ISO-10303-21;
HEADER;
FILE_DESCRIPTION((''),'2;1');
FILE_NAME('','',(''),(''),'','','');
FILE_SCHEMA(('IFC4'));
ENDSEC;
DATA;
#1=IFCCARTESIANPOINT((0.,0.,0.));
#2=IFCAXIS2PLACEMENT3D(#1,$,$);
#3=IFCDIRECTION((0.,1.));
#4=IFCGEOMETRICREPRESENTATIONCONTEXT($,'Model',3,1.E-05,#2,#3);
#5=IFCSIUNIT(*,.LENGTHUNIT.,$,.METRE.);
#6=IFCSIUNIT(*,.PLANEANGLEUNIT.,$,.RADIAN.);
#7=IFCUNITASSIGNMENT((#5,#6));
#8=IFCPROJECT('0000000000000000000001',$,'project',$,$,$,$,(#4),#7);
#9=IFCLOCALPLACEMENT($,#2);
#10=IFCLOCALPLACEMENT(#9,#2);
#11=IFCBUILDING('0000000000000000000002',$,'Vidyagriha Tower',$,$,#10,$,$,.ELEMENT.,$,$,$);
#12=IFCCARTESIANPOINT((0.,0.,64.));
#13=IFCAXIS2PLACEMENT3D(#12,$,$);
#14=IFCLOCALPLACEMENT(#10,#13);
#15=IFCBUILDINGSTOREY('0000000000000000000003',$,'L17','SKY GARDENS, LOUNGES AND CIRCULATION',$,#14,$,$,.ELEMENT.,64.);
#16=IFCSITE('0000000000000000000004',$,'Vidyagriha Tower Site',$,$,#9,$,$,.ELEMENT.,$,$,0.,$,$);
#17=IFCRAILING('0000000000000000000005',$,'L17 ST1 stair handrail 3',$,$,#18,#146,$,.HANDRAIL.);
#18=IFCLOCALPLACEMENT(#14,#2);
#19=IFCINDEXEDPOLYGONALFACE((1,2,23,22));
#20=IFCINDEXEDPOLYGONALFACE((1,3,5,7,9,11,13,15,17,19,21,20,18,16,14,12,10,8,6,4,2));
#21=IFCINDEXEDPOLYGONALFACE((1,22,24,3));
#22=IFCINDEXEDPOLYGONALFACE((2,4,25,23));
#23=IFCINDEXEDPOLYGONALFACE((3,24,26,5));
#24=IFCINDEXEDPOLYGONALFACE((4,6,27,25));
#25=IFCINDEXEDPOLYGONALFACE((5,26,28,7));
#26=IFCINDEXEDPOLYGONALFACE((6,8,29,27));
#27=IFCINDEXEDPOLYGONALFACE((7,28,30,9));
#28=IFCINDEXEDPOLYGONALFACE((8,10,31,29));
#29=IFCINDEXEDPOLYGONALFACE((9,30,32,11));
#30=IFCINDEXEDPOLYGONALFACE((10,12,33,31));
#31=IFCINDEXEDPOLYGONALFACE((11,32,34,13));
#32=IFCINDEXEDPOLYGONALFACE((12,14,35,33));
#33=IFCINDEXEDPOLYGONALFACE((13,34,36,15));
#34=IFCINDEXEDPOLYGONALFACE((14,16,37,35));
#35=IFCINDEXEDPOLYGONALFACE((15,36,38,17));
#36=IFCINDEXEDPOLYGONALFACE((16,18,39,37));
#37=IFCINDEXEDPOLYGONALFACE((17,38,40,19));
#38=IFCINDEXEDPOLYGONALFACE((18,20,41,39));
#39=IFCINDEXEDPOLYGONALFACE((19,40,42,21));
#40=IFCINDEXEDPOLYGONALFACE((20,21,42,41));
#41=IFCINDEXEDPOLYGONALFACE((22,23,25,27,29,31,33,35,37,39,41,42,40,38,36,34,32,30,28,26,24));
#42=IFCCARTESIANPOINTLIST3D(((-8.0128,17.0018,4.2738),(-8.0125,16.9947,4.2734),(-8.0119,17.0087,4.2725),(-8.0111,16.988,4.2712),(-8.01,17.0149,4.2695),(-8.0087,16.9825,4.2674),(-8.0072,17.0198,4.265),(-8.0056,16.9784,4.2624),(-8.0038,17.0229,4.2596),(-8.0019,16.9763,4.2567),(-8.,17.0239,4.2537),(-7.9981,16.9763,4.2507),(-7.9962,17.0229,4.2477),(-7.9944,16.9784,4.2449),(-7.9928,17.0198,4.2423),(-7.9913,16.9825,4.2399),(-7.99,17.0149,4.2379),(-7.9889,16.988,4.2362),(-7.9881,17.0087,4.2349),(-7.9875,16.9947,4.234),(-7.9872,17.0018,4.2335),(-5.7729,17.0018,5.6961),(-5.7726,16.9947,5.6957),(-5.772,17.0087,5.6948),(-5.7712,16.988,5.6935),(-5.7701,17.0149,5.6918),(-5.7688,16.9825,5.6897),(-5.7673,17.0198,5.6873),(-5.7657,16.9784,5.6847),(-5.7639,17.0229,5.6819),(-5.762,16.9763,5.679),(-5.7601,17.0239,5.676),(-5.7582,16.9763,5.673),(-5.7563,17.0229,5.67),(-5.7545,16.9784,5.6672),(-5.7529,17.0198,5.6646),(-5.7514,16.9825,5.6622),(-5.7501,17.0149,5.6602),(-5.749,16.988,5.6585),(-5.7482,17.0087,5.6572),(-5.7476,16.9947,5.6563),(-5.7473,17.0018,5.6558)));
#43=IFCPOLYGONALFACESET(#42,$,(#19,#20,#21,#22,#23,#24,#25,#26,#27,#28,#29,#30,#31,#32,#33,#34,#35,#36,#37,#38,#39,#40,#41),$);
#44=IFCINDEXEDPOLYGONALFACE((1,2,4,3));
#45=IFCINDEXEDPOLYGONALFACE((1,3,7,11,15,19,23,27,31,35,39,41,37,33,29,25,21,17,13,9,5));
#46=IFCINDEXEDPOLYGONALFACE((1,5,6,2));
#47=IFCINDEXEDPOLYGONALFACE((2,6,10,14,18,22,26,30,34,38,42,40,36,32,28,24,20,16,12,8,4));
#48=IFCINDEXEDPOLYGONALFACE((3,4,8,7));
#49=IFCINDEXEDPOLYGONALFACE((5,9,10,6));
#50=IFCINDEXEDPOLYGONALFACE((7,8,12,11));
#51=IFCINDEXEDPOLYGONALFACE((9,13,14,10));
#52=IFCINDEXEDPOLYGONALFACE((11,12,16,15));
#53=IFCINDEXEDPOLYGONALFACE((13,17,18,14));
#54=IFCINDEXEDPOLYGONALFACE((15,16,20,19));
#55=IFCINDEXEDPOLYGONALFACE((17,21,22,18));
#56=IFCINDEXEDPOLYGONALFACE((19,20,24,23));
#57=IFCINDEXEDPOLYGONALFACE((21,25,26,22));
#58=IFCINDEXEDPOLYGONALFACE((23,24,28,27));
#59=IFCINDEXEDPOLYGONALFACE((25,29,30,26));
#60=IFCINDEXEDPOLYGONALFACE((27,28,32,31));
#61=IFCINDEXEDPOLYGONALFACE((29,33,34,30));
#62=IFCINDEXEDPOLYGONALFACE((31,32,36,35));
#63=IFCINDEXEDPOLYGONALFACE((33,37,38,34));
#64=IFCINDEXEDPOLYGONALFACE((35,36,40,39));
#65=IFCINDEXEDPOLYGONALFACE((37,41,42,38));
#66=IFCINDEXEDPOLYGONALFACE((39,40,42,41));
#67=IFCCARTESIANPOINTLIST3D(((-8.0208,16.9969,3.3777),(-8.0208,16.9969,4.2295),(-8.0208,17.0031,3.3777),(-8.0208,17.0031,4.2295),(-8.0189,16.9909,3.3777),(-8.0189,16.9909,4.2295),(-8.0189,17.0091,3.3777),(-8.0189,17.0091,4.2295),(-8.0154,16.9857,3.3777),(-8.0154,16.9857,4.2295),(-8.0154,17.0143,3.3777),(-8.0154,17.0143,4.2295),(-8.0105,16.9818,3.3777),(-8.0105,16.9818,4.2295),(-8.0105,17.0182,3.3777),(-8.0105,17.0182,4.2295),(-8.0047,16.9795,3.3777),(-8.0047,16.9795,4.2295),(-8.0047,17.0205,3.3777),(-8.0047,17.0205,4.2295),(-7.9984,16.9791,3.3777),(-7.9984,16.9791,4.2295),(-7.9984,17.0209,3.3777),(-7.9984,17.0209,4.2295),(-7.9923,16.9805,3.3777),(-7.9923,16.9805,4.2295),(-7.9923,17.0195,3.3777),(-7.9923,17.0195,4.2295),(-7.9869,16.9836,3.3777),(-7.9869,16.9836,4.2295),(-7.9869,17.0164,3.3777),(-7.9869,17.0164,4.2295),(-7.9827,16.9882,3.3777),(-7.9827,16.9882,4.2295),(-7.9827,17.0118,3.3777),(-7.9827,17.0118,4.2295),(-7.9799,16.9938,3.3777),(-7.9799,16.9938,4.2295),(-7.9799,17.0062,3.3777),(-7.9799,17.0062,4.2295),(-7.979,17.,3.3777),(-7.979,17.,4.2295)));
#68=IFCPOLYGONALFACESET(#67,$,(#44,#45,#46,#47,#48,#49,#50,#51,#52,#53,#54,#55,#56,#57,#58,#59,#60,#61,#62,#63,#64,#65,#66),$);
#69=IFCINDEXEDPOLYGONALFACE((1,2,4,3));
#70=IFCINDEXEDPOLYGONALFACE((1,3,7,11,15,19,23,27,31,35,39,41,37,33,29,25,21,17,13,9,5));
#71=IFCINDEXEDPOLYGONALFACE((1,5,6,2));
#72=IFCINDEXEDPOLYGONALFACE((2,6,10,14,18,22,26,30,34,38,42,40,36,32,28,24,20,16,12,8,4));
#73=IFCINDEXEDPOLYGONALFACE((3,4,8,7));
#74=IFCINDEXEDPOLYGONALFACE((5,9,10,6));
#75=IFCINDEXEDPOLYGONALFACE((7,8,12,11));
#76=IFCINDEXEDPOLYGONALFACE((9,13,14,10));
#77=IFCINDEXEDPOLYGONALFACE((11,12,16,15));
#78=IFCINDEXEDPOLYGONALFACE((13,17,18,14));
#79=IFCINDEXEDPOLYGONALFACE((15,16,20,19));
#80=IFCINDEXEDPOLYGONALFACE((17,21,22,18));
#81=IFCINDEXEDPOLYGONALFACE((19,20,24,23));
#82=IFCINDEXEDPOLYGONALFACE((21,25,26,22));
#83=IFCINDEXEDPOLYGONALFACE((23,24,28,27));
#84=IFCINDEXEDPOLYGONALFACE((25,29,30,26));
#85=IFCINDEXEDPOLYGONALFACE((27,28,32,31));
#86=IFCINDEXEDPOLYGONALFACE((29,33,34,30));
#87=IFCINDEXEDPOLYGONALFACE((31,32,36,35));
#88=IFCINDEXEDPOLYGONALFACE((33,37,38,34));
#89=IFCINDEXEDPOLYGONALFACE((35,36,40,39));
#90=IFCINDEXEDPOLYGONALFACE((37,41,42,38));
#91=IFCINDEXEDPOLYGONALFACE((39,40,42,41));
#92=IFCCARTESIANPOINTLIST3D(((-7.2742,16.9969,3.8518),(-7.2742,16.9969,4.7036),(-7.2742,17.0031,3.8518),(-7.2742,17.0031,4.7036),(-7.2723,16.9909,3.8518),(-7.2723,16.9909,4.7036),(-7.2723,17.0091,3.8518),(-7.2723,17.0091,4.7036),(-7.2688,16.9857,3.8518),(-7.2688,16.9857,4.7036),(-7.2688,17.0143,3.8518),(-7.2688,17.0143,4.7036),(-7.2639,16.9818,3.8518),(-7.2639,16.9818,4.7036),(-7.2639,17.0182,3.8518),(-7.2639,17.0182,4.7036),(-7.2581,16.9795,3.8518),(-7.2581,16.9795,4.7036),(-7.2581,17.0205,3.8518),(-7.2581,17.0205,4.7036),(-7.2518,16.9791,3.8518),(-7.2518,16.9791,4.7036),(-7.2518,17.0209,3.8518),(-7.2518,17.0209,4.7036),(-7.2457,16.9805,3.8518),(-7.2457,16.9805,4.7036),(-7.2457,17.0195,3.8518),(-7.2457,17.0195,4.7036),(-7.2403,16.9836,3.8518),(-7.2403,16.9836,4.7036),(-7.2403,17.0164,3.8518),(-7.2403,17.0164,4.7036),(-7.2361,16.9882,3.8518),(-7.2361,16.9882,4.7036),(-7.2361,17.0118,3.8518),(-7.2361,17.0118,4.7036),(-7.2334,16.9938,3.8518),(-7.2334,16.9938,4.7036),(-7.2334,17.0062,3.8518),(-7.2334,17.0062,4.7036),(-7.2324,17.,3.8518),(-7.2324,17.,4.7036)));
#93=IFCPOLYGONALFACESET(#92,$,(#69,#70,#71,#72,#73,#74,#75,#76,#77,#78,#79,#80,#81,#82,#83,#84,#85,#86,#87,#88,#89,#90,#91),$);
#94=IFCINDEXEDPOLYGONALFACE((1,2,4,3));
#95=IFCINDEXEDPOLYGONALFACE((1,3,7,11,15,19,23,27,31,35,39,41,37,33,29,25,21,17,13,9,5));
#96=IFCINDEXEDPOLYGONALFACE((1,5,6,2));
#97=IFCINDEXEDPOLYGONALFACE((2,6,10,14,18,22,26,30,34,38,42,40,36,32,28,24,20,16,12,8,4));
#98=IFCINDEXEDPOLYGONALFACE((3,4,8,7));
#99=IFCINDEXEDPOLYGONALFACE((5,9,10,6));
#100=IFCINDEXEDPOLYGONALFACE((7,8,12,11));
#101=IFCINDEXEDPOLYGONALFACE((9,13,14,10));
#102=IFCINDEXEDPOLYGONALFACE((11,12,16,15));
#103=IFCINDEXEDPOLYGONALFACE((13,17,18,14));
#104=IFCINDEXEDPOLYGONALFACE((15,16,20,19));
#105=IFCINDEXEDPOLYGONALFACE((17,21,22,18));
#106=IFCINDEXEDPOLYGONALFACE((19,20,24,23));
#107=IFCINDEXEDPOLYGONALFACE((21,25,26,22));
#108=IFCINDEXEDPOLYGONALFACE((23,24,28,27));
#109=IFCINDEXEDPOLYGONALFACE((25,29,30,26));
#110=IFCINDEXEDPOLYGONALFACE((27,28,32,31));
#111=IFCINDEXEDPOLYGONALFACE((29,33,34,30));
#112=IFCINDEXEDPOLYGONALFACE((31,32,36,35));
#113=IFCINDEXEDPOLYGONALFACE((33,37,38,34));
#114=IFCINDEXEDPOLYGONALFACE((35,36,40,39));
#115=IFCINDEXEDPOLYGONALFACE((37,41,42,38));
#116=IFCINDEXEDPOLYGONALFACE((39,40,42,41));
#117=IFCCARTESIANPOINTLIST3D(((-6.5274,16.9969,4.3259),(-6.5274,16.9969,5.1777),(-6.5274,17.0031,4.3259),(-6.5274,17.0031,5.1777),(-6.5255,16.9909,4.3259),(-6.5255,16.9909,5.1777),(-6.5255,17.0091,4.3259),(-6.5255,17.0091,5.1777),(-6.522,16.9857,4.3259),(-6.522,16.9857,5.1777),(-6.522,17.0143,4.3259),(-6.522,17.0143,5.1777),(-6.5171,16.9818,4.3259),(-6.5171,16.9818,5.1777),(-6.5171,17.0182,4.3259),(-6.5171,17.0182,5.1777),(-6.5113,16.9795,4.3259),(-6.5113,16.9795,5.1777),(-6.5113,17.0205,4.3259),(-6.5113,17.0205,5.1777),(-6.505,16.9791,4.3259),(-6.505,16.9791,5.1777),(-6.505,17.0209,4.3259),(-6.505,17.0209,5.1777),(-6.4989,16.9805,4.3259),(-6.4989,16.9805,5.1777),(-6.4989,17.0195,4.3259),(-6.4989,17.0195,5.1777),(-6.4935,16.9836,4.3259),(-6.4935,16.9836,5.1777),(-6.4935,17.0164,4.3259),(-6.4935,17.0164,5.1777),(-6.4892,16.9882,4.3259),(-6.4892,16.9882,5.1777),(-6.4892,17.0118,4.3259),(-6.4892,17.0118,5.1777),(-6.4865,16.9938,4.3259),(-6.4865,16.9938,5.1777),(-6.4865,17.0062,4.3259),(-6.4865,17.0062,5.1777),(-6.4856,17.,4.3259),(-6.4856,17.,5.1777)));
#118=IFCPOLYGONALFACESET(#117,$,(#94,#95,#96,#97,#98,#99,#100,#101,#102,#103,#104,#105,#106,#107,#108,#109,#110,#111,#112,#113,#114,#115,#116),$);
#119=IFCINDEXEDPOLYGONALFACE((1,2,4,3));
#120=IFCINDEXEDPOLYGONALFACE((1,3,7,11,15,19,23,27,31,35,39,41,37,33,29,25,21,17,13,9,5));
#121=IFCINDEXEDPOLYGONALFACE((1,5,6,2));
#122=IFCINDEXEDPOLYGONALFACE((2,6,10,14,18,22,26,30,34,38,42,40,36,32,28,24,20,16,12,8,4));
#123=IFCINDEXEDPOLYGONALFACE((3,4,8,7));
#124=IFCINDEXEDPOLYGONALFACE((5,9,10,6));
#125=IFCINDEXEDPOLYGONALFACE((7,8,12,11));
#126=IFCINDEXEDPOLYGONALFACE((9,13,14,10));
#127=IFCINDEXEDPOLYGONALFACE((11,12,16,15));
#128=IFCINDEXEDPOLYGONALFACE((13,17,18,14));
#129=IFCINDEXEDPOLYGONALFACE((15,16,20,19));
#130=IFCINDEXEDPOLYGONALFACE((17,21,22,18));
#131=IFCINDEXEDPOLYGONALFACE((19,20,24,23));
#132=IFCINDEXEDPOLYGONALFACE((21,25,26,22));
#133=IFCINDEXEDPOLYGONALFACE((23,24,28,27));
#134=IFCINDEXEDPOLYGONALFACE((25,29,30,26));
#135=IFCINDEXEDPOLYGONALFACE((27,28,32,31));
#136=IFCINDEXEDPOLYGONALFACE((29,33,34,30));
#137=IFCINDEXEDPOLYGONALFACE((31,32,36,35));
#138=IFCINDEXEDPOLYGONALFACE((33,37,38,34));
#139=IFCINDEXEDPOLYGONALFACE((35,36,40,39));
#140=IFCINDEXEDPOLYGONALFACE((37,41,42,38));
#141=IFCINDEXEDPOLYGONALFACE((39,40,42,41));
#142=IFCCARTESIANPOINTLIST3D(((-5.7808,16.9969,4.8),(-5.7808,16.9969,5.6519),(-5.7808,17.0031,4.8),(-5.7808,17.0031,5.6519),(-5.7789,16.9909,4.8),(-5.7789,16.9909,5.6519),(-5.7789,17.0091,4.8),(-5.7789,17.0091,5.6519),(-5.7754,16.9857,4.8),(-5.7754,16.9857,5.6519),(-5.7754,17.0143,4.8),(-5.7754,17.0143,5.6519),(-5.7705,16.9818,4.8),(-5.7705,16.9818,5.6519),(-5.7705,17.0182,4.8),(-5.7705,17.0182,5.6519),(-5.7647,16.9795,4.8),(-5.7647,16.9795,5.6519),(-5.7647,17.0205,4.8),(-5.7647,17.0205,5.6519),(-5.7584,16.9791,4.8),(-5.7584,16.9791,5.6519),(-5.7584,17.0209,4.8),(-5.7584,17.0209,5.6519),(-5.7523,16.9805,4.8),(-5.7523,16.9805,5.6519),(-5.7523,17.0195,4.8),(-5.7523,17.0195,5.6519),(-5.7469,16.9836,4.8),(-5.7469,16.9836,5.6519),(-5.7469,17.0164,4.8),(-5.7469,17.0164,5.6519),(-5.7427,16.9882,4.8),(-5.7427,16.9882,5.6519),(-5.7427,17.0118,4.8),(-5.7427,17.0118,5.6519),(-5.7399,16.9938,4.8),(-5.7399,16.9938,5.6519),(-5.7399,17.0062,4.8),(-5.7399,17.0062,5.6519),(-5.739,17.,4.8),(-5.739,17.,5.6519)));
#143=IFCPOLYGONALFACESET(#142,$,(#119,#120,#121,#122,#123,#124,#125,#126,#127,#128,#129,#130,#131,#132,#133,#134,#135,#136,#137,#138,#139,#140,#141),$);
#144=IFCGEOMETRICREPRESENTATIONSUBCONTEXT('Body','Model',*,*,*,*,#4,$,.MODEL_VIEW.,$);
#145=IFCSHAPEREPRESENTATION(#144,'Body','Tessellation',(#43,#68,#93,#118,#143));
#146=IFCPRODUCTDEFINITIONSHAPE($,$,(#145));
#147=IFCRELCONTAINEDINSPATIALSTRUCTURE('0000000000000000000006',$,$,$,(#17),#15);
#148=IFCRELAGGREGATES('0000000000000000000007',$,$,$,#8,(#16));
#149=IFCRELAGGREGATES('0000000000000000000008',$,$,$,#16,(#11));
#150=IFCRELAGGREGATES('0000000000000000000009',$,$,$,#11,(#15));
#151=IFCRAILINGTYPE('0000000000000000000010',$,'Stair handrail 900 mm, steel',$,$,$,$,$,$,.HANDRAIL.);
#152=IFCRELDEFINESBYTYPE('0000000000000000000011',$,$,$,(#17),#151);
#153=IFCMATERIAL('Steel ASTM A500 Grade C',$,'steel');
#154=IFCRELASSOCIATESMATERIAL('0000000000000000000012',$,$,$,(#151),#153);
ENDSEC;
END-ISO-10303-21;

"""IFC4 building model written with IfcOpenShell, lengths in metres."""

from ifc_helpers import new_model, si_unit, direction, frame, origin, origin_2d, place, context, subcontext, project, spatial, circle, extrude, material, type_object, element, save


model = new_model("IFC4")

# Units and contexts
model_context = context("Model", 3, precision=1e-05, world=origin(), true_north=direction((0.0, 1.0)))
body_context = subcontext(model_context, "Body", "Model", "MODEL_VIEW")
ifc_project = project(units=[si_unit("LENGTHUNIT", "METRE"), si_unit("PLANEANGLEUNIT", "RADIAN")], contexts=[model_context])

# Site, building, storey
site_placement = place(None, origin())
site = spatial("IfcSite", under=ifc_project, at=site_placement, Name="Vidyagriha Tower Site", CompositionType="ELEMENT", RefElevation=0.0)
building_placement = place(site_placement, origin())
building = spatial("IfcBuilding", under=site, at=building_placement, Name="Vidyagriha Tower", CompositionType="ELEMENT")
storey_placement = place(building_placement, frame((0.0, 0.0, 64.0)))
storey = spatial("IfcBuildingStorey", under=building, at=storey_placement, Name="L17", Description="SKY GARDENS, LOUNGES AND CIRCULATION", CompositionType="ELEMENT", Elevation=64.0)

# Railing
ifc_material_1 = material(Name="Steel ASTM A500 Grade C", Category="steel")
railing_type_1 = type_object("IfcRailingType", Name="Stair handrail 900 mm, steel", PredefinedType="HANDRAIL", material=ifc_material_1)
for number, where, name in (
    (1, (-8.0, 17.0, 3.3777), "L17 ST1 stair handrail 3"),
):
    element("IfcRailing", number, at=place(storey_placement, frame(where)), inside=storey, type_object=railing_type_1, Name=name, PredefinedType="HANDRAIL", context=body_context, shape_type="SweptSolid", body=[
        extrude(circle(Radius=0.0239, at=origin_2d()), frame((0.0, 0.0, 0.876), z_axis=(0.844188, 0.0, 0.536048), x_axis=(0.0, 1.0, 0.0)), (0.0, 0.0, 1.0), 2.6533),
        extrude(circle(Radius=0.021, at=origin_2d()), origin(), (0.0, 0.0, 1.0), 0.8518),
        extrude(circle(Radius=0.021, at=origin_2d()), frame((0.7466, 0.0, 0.4741)), (0.0, 0.0, 1.0), 0.8518),
        extrude(circle(Radius=0.021, at=origin_2d()), frame((1.4934, 0.0, 0.9482)), (0.0, 0.0, 1.0), 0.8518),
        extrude(circle(Radius=0.021, at=origin_2d()), frame((2.24, 0.0, 1.4224)), (0.0, 0.0, 1.0), 0.8518),
    ])

save(model, "model.ifc")
